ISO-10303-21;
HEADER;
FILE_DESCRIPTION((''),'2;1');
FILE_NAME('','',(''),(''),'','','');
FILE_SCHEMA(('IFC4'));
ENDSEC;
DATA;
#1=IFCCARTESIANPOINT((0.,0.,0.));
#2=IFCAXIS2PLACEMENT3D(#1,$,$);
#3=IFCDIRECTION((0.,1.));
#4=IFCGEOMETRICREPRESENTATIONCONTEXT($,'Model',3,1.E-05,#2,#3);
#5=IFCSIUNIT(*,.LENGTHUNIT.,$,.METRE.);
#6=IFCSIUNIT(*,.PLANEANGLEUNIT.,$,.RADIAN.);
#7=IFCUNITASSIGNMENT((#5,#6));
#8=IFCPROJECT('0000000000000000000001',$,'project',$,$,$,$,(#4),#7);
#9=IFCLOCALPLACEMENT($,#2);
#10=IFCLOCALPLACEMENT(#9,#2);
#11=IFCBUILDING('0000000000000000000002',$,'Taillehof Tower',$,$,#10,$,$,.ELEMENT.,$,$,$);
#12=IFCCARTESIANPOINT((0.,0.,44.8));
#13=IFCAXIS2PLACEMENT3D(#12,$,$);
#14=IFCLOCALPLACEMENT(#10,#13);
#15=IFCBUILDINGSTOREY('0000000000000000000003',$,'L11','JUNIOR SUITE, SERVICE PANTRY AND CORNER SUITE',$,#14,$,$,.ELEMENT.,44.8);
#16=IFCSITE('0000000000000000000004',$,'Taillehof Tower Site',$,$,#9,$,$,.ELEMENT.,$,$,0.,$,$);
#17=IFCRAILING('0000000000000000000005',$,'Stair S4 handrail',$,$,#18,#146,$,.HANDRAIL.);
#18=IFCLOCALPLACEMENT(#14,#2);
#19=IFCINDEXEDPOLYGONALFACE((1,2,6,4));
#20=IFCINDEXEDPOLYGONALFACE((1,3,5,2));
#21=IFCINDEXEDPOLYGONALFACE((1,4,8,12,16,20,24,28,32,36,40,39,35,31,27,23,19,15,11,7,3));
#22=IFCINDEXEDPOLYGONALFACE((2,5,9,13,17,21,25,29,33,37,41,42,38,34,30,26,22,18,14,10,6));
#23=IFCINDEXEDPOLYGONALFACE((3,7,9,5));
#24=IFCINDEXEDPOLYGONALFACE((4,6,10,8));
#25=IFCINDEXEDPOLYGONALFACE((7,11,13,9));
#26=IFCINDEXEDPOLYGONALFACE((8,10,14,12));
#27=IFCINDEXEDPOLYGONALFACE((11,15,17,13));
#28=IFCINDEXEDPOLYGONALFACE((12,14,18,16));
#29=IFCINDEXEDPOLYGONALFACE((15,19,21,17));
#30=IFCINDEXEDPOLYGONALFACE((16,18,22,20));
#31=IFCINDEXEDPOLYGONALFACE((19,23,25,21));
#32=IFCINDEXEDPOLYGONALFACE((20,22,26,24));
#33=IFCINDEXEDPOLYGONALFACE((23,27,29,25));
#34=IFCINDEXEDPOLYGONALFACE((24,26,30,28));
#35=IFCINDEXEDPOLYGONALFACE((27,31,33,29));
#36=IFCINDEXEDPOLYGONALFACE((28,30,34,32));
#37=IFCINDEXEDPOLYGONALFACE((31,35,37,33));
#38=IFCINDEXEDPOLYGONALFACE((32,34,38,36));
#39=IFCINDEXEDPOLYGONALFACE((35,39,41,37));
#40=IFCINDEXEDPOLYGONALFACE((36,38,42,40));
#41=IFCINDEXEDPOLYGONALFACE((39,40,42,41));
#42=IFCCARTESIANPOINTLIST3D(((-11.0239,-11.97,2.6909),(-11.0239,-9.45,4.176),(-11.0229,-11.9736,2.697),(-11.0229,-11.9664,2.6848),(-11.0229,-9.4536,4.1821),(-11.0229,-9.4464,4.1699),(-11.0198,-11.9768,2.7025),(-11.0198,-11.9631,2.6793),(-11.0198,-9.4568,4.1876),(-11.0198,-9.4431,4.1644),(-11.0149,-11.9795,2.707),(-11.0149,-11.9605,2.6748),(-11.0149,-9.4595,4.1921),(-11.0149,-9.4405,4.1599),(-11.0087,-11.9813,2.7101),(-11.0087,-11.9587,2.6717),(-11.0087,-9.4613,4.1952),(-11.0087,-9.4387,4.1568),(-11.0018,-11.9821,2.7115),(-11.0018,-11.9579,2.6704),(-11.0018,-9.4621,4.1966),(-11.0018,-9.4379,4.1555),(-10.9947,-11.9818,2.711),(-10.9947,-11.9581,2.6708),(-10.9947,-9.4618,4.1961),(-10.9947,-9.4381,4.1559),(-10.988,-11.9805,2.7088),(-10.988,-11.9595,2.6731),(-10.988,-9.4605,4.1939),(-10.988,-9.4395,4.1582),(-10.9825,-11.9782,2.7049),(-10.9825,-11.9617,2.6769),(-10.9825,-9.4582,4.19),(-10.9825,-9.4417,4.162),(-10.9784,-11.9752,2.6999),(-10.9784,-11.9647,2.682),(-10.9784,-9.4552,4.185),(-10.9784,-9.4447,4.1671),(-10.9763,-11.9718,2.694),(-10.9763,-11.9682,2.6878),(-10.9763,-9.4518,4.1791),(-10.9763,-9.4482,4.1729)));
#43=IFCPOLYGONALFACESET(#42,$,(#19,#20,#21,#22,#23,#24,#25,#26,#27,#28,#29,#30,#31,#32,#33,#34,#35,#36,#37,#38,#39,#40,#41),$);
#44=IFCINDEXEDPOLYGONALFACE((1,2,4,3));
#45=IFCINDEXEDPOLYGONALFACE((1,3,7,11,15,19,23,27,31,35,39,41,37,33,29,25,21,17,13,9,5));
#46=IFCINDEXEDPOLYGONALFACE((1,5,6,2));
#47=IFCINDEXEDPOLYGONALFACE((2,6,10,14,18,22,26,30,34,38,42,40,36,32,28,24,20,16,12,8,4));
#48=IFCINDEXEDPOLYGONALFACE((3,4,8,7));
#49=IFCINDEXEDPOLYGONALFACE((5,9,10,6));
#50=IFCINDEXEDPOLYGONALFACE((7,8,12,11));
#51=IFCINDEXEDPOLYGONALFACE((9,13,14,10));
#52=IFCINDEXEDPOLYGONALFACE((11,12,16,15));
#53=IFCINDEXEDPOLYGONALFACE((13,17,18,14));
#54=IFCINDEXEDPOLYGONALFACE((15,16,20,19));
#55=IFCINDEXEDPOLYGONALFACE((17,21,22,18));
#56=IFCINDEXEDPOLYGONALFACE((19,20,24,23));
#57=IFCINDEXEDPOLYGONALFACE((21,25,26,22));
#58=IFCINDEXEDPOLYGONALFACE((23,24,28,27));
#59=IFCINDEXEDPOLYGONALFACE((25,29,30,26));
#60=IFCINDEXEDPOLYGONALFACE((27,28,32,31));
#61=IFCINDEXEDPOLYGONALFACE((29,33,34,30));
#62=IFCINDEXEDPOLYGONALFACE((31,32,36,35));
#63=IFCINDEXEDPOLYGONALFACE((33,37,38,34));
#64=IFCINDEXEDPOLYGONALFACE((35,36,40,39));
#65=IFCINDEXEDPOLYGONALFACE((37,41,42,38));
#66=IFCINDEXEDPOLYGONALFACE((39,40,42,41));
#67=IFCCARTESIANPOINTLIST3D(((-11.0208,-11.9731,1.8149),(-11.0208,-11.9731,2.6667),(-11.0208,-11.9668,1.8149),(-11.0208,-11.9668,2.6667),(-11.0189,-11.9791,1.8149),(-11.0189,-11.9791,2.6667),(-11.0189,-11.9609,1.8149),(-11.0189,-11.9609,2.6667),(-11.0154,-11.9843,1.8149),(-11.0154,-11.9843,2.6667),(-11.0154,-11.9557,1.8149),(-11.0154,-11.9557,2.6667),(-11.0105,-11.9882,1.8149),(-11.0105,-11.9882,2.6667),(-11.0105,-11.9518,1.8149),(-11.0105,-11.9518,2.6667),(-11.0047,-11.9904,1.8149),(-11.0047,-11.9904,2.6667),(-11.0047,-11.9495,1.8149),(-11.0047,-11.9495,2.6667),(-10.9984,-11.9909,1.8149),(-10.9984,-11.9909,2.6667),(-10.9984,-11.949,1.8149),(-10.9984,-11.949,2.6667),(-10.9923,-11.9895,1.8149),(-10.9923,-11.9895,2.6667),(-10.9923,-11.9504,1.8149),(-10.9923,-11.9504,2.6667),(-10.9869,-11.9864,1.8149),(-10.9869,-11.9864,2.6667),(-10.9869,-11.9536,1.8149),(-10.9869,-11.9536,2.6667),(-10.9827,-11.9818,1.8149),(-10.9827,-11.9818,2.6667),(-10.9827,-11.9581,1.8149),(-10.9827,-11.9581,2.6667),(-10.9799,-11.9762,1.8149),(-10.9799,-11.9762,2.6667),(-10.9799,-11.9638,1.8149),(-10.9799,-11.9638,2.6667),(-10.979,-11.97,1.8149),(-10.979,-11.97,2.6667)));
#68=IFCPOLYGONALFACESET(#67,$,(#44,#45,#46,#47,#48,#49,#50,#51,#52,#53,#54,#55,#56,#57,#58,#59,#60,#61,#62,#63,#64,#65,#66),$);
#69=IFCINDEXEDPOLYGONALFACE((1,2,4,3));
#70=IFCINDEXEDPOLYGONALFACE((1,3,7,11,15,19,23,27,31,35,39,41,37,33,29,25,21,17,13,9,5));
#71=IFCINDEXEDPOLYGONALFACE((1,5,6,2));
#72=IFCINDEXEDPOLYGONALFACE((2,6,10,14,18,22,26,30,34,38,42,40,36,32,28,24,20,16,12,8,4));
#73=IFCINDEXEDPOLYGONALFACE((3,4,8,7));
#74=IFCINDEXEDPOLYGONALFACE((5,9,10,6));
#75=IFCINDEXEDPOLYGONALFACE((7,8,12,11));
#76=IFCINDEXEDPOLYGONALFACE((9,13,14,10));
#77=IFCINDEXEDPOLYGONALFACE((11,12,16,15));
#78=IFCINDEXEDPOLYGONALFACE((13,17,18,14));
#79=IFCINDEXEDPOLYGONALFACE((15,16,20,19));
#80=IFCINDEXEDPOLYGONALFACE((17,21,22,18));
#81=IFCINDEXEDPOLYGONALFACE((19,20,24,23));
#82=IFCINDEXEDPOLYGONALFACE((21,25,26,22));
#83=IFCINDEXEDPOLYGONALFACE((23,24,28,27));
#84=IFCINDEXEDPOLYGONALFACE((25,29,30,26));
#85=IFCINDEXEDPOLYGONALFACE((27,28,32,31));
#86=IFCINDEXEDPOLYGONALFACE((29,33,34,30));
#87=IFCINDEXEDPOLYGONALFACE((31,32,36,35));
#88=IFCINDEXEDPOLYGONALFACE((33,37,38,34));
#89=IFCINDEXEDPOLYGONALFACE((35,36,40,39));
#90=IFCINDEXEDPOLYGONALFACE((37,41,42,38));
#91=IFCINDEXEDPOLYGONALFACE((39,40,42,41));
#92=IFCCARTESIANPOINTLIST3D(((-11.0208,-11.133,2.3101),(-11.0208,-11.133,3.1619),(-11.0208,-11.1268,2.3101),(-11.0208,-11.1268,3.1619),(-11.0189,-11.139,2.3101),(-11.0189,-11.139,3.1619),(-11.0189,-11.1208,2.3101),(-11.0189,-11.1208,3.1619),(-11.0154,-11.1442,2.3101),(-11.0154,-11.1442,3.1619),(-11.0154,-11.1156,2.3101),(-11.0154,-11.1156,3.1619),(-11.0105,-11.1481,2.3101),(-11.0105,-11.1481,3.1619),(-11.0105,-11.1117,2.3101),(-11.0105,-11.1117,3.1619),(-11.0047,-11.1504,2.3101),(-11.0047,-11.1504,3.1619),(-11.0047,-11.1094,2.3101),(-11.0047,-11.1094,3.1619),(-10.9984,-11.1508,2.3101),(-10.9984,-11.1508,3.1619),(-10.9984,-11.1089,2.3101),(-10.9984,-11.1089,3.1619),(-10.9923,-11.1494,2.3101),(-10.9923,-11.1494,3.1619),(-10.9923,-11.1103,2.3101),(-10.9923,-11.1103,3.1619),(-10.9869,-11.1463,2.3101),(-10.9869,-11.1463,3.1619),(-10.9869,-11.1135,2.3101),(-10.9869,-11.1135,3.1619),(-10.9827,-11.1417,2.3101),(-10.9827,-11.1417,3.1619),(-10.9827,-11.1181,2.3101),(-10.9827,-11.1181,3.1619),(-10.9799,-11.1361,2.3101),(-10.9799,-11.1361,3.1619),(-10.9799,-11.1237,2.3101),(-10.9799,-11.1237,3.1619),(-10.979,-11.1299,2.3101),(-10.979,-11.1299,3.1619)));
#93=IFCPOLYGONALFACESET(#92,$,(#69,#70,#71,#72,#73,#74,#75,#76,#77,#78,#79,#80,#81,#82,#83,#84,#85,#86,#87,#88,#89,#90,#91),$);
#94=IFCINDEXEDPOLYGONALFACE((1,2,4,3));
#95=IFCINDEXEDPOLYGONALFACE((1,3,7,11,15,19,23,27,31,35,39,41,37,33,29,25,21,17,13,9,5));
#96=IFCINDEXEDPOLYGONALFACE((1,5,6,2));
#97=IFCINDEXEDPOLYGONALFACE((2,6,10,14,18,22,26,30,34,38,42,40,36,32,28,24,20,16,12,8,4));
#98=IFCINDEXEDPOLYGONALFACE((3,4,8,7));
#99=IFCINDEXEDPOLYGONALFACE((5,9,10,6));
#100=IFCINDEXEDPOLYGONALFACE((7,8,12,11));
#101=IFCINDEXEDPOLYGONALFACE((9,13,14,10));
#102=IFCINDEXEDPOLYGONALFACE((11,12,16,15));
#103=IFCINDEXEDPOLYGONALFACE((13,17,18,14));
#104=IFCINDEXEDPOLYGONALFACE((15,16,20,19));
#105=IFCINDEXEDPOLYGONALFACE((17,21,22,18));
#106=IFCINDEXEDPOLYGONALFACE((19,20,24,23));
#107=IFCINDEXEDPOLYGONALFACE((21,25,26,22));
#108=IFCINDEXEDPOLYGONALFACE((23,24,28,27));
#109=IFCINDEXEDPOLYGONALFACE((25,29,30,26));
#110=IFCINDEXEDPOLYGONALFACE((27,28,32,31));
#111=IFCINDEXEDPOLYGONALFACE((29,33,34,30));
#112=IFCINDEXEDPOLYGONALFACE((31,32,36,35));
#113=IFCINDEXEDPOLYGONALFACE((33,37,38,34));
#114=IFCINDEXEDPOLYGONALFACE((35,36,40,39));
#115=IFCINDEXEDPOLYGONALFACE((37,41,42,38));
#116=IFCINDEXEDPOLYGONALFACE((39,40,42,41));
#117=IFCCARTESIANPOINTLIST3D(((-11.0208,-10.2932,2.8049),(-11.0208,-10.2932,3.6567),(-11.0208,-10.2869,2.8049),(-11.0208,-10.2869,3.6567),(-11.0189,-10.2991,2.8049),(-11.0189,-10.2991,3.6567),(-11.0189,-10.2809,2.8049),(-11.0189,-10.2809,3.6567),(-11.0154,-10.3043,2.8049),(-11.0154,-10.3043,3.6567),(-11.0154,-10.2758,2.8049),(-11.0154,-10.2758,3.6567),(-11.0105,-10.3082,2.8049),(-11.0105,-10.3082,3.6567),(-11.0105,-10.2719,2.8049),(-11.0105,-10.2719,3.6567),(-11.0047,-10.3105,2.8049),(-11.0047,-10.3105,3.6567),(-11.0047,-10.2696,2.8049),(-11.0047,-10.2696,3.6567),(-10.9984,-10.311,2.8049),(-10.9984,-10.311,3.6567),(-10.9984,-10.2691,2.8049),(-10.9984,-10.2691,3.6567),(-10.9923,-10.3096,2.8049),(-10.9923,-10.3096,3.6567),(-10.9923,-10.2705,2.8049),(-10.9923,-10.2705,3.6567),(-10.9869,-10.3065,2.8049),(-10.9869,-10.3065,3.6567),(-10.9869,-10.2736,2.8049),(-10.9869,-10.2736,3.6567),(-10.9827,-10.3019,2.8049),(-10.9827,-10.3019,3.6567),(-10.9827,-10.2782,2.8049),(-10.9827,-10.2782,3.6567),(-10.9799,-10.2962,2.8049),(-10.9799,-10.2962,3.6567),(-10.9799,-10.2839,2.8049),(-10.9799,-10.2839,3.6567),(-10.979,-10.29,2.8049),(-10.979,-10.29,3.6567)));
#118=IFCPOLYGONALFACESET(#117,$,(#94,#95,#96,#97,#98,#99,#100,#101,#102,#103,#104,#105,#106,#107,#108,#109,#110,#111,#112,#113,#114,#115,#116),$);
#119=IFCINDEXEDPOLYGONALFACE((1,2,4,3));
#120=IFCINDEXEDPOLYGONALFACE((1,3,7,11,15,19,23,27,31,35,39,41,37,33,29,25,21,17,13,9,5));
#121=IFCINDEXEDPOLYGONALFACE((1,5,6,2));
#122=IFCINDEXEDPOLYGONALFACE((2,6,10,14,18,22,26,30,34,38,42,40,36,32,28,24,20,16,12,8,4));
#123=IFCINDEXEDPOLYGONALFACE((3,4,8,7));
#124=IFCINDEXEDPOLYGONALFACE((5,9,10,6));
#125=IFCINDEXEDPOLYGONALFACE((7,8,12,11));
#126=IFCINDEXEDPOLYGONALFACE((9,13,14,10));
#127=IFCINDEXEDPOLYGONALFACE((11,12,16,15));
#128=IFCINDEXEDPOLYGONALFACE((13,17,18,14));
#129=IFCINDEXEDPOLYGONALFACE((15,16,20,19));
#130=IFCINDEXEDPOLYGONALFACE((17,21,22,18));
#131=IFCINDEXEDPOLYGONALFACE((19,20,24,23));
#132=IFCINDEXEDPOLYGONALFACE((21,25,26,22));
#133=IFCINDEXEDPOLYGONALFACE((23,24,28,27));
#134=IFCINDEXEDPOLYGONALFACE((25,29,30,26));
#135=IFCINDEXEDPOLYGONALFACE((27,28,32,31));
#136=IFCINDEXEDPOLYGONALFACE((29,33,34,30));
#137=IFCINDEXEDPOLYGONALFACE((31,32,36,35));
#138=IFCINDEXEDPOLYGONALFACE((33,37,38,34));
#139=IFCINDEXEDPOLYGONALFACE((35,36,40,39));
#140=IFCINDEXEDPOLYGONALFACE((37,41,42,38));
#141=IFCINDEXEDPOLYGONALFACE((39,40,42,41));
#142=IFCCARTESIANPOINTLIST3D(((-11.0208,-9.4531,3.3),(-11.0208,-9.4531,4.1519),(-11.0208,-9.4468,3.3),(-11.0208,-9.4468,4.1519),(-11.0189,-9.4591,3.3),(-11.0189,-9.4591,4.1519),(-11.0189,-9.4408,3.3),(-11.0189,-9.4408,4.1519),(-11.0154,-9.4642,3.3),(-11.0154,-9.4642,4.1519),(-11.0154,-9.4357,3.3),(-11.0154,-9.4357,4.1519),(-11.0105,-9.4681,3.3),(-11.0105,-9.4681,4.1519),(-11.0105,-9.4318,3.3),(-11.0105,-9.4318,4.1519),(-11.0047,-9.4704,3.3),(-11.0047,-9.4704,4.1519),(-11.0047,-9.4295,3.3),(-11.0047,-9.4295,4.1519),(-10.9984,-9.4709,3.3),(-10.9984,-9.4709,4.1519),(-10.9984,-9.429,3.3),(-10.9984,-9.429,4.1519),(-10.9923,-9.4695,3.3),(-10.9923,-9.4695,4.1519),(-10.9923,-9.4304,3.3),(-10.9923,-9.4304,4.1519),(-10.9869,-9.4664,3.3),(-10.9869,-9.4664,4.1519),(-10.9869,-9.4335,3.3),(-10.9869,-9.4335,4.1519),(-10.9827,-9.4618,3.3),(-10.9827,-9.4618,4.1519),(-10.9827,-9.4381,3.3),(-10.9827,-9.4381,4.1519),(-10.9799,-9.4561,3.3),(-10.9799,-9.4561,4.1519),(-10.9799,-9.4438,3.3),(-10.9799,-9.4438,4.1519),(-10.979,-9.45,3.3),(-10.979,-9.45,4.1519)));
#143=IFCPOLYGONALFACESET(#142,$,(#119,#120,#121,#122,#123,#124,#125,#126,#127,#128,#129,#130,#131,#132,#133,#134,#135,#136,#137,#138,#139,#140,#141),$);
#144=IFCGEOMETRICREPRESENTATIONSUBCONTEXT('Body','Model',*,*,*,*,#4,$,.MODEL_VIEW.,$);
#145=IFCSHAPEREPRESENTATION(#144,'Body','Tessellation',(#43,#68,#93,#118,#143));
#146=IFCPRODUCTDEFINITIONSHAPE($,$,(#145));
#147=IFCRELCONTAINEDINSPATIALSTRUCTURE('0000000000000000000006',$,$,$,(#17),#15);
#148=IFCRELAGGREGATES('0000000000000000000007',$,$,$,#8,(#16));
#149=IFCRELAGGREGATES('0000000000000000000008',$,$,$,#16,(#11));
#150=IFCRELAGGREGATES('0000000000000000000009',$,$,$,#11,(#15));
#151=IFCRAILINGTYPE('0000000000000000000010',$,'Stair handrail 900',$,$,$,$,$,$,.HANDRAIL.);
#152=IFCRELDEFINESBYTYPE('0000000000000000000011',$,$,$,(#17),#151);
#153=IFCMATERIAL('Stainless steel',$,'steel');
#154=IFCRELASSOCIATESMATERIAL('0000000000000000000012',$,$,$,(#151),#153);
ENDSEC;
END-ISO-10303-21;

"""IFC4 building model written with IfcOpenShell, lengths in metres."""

from ifc_helpers import new_model, si_unit, direction, frame, origin, origin_2d, place, context, subcontext, project, spatial, circle, extrude, material, type_object, element, save


model = new_model("IFC4")

# Units and contexts
model_context = context("Model", 3, precision=1e-05, world=origin(), true_north=direction((0.0, 1.0)))
body_context = subcontext(model_context, "Body", "Model", "MODEL_VIEW")
ifc_project = project(units=[si_unit("LENGTHUNIT", "METRE"), si_unit("PLANEANGLEUNIT", "RADIAN")], contexts=[model_context])

# Site, building, storey
site_placement = place(None, origin())
site = spatial("IfcSite", under=ifc_project, at=site_placement, Name="Taillehof Tower Site", CompositionType="ELEMENT", RefElevation=0.0)
building_placement = place(site_placement, origin())
building = spatial("IfcBuilding", under=site, at=building_placement, Name="Taillehof Tower", CompositionType="ELEMENT")
storey_placement = place(building_placement, frame((0.0, 0.0, 44.8)))
storey = spatial("IfcBuildingStorey", under=building, at=storey_placement, Name="L11", Description="JUNIOR SUITE, SERVICE PANTRY AND CORNER SUITE", CompositionType="ELEMENT", Elevation=44.8)

# Railing
ifc_material_1 = material(Name="Stainless steel", Category="steel")
railing_type = type_object("IfcRailingType", Name="Stair handrail 900", PredefinedType="HANDRAIL", material=ifc_material_1)
railing_placement = place(storey_placement, frame((-11.0, -11.97, 1.8149)))
element("IfcRailing", 1, at=railing_placement, inside=storey, type_object=railing_type, Name="Stair S4 handrail", PredefinedType="HANDRAIL", context=body_context, shape_type="SweptSolid", body=[
    extrude(circle(Radius=0.0239, at=origin_2d()), frame((0.0, 0.0, 0.876), z_axis=(0.0, 0.861524, 0.507717), x_axis=(-1.0, 0.0, 0.0)), (0.0, 0.0, 1.0), 2.925),
    extrude(circle(Radius=0.021, at=origin_2d()), origin(), (0.0, 0.0, 1.0), 0.8518),
    extrude(circle(Radius=0.021, at=origin_2d()), frame((0.0, 0.8401, 0.4951)), (0.0, 0.0, 1.0), 0.8518),
    extrude(circle(Radius=0.021, at=origin_2d()), frame((0.0, 1.6799, 0.99)), (0.0, 0.0, 1.0), 0.8518),
    extrude(circle(Radius=0.021, at=origin_2d()), frame((0.0, 2.52, 1.4851)), (0.0, 0.0, 1.0), 0.8518),
])

save(model, "model.ifc")
